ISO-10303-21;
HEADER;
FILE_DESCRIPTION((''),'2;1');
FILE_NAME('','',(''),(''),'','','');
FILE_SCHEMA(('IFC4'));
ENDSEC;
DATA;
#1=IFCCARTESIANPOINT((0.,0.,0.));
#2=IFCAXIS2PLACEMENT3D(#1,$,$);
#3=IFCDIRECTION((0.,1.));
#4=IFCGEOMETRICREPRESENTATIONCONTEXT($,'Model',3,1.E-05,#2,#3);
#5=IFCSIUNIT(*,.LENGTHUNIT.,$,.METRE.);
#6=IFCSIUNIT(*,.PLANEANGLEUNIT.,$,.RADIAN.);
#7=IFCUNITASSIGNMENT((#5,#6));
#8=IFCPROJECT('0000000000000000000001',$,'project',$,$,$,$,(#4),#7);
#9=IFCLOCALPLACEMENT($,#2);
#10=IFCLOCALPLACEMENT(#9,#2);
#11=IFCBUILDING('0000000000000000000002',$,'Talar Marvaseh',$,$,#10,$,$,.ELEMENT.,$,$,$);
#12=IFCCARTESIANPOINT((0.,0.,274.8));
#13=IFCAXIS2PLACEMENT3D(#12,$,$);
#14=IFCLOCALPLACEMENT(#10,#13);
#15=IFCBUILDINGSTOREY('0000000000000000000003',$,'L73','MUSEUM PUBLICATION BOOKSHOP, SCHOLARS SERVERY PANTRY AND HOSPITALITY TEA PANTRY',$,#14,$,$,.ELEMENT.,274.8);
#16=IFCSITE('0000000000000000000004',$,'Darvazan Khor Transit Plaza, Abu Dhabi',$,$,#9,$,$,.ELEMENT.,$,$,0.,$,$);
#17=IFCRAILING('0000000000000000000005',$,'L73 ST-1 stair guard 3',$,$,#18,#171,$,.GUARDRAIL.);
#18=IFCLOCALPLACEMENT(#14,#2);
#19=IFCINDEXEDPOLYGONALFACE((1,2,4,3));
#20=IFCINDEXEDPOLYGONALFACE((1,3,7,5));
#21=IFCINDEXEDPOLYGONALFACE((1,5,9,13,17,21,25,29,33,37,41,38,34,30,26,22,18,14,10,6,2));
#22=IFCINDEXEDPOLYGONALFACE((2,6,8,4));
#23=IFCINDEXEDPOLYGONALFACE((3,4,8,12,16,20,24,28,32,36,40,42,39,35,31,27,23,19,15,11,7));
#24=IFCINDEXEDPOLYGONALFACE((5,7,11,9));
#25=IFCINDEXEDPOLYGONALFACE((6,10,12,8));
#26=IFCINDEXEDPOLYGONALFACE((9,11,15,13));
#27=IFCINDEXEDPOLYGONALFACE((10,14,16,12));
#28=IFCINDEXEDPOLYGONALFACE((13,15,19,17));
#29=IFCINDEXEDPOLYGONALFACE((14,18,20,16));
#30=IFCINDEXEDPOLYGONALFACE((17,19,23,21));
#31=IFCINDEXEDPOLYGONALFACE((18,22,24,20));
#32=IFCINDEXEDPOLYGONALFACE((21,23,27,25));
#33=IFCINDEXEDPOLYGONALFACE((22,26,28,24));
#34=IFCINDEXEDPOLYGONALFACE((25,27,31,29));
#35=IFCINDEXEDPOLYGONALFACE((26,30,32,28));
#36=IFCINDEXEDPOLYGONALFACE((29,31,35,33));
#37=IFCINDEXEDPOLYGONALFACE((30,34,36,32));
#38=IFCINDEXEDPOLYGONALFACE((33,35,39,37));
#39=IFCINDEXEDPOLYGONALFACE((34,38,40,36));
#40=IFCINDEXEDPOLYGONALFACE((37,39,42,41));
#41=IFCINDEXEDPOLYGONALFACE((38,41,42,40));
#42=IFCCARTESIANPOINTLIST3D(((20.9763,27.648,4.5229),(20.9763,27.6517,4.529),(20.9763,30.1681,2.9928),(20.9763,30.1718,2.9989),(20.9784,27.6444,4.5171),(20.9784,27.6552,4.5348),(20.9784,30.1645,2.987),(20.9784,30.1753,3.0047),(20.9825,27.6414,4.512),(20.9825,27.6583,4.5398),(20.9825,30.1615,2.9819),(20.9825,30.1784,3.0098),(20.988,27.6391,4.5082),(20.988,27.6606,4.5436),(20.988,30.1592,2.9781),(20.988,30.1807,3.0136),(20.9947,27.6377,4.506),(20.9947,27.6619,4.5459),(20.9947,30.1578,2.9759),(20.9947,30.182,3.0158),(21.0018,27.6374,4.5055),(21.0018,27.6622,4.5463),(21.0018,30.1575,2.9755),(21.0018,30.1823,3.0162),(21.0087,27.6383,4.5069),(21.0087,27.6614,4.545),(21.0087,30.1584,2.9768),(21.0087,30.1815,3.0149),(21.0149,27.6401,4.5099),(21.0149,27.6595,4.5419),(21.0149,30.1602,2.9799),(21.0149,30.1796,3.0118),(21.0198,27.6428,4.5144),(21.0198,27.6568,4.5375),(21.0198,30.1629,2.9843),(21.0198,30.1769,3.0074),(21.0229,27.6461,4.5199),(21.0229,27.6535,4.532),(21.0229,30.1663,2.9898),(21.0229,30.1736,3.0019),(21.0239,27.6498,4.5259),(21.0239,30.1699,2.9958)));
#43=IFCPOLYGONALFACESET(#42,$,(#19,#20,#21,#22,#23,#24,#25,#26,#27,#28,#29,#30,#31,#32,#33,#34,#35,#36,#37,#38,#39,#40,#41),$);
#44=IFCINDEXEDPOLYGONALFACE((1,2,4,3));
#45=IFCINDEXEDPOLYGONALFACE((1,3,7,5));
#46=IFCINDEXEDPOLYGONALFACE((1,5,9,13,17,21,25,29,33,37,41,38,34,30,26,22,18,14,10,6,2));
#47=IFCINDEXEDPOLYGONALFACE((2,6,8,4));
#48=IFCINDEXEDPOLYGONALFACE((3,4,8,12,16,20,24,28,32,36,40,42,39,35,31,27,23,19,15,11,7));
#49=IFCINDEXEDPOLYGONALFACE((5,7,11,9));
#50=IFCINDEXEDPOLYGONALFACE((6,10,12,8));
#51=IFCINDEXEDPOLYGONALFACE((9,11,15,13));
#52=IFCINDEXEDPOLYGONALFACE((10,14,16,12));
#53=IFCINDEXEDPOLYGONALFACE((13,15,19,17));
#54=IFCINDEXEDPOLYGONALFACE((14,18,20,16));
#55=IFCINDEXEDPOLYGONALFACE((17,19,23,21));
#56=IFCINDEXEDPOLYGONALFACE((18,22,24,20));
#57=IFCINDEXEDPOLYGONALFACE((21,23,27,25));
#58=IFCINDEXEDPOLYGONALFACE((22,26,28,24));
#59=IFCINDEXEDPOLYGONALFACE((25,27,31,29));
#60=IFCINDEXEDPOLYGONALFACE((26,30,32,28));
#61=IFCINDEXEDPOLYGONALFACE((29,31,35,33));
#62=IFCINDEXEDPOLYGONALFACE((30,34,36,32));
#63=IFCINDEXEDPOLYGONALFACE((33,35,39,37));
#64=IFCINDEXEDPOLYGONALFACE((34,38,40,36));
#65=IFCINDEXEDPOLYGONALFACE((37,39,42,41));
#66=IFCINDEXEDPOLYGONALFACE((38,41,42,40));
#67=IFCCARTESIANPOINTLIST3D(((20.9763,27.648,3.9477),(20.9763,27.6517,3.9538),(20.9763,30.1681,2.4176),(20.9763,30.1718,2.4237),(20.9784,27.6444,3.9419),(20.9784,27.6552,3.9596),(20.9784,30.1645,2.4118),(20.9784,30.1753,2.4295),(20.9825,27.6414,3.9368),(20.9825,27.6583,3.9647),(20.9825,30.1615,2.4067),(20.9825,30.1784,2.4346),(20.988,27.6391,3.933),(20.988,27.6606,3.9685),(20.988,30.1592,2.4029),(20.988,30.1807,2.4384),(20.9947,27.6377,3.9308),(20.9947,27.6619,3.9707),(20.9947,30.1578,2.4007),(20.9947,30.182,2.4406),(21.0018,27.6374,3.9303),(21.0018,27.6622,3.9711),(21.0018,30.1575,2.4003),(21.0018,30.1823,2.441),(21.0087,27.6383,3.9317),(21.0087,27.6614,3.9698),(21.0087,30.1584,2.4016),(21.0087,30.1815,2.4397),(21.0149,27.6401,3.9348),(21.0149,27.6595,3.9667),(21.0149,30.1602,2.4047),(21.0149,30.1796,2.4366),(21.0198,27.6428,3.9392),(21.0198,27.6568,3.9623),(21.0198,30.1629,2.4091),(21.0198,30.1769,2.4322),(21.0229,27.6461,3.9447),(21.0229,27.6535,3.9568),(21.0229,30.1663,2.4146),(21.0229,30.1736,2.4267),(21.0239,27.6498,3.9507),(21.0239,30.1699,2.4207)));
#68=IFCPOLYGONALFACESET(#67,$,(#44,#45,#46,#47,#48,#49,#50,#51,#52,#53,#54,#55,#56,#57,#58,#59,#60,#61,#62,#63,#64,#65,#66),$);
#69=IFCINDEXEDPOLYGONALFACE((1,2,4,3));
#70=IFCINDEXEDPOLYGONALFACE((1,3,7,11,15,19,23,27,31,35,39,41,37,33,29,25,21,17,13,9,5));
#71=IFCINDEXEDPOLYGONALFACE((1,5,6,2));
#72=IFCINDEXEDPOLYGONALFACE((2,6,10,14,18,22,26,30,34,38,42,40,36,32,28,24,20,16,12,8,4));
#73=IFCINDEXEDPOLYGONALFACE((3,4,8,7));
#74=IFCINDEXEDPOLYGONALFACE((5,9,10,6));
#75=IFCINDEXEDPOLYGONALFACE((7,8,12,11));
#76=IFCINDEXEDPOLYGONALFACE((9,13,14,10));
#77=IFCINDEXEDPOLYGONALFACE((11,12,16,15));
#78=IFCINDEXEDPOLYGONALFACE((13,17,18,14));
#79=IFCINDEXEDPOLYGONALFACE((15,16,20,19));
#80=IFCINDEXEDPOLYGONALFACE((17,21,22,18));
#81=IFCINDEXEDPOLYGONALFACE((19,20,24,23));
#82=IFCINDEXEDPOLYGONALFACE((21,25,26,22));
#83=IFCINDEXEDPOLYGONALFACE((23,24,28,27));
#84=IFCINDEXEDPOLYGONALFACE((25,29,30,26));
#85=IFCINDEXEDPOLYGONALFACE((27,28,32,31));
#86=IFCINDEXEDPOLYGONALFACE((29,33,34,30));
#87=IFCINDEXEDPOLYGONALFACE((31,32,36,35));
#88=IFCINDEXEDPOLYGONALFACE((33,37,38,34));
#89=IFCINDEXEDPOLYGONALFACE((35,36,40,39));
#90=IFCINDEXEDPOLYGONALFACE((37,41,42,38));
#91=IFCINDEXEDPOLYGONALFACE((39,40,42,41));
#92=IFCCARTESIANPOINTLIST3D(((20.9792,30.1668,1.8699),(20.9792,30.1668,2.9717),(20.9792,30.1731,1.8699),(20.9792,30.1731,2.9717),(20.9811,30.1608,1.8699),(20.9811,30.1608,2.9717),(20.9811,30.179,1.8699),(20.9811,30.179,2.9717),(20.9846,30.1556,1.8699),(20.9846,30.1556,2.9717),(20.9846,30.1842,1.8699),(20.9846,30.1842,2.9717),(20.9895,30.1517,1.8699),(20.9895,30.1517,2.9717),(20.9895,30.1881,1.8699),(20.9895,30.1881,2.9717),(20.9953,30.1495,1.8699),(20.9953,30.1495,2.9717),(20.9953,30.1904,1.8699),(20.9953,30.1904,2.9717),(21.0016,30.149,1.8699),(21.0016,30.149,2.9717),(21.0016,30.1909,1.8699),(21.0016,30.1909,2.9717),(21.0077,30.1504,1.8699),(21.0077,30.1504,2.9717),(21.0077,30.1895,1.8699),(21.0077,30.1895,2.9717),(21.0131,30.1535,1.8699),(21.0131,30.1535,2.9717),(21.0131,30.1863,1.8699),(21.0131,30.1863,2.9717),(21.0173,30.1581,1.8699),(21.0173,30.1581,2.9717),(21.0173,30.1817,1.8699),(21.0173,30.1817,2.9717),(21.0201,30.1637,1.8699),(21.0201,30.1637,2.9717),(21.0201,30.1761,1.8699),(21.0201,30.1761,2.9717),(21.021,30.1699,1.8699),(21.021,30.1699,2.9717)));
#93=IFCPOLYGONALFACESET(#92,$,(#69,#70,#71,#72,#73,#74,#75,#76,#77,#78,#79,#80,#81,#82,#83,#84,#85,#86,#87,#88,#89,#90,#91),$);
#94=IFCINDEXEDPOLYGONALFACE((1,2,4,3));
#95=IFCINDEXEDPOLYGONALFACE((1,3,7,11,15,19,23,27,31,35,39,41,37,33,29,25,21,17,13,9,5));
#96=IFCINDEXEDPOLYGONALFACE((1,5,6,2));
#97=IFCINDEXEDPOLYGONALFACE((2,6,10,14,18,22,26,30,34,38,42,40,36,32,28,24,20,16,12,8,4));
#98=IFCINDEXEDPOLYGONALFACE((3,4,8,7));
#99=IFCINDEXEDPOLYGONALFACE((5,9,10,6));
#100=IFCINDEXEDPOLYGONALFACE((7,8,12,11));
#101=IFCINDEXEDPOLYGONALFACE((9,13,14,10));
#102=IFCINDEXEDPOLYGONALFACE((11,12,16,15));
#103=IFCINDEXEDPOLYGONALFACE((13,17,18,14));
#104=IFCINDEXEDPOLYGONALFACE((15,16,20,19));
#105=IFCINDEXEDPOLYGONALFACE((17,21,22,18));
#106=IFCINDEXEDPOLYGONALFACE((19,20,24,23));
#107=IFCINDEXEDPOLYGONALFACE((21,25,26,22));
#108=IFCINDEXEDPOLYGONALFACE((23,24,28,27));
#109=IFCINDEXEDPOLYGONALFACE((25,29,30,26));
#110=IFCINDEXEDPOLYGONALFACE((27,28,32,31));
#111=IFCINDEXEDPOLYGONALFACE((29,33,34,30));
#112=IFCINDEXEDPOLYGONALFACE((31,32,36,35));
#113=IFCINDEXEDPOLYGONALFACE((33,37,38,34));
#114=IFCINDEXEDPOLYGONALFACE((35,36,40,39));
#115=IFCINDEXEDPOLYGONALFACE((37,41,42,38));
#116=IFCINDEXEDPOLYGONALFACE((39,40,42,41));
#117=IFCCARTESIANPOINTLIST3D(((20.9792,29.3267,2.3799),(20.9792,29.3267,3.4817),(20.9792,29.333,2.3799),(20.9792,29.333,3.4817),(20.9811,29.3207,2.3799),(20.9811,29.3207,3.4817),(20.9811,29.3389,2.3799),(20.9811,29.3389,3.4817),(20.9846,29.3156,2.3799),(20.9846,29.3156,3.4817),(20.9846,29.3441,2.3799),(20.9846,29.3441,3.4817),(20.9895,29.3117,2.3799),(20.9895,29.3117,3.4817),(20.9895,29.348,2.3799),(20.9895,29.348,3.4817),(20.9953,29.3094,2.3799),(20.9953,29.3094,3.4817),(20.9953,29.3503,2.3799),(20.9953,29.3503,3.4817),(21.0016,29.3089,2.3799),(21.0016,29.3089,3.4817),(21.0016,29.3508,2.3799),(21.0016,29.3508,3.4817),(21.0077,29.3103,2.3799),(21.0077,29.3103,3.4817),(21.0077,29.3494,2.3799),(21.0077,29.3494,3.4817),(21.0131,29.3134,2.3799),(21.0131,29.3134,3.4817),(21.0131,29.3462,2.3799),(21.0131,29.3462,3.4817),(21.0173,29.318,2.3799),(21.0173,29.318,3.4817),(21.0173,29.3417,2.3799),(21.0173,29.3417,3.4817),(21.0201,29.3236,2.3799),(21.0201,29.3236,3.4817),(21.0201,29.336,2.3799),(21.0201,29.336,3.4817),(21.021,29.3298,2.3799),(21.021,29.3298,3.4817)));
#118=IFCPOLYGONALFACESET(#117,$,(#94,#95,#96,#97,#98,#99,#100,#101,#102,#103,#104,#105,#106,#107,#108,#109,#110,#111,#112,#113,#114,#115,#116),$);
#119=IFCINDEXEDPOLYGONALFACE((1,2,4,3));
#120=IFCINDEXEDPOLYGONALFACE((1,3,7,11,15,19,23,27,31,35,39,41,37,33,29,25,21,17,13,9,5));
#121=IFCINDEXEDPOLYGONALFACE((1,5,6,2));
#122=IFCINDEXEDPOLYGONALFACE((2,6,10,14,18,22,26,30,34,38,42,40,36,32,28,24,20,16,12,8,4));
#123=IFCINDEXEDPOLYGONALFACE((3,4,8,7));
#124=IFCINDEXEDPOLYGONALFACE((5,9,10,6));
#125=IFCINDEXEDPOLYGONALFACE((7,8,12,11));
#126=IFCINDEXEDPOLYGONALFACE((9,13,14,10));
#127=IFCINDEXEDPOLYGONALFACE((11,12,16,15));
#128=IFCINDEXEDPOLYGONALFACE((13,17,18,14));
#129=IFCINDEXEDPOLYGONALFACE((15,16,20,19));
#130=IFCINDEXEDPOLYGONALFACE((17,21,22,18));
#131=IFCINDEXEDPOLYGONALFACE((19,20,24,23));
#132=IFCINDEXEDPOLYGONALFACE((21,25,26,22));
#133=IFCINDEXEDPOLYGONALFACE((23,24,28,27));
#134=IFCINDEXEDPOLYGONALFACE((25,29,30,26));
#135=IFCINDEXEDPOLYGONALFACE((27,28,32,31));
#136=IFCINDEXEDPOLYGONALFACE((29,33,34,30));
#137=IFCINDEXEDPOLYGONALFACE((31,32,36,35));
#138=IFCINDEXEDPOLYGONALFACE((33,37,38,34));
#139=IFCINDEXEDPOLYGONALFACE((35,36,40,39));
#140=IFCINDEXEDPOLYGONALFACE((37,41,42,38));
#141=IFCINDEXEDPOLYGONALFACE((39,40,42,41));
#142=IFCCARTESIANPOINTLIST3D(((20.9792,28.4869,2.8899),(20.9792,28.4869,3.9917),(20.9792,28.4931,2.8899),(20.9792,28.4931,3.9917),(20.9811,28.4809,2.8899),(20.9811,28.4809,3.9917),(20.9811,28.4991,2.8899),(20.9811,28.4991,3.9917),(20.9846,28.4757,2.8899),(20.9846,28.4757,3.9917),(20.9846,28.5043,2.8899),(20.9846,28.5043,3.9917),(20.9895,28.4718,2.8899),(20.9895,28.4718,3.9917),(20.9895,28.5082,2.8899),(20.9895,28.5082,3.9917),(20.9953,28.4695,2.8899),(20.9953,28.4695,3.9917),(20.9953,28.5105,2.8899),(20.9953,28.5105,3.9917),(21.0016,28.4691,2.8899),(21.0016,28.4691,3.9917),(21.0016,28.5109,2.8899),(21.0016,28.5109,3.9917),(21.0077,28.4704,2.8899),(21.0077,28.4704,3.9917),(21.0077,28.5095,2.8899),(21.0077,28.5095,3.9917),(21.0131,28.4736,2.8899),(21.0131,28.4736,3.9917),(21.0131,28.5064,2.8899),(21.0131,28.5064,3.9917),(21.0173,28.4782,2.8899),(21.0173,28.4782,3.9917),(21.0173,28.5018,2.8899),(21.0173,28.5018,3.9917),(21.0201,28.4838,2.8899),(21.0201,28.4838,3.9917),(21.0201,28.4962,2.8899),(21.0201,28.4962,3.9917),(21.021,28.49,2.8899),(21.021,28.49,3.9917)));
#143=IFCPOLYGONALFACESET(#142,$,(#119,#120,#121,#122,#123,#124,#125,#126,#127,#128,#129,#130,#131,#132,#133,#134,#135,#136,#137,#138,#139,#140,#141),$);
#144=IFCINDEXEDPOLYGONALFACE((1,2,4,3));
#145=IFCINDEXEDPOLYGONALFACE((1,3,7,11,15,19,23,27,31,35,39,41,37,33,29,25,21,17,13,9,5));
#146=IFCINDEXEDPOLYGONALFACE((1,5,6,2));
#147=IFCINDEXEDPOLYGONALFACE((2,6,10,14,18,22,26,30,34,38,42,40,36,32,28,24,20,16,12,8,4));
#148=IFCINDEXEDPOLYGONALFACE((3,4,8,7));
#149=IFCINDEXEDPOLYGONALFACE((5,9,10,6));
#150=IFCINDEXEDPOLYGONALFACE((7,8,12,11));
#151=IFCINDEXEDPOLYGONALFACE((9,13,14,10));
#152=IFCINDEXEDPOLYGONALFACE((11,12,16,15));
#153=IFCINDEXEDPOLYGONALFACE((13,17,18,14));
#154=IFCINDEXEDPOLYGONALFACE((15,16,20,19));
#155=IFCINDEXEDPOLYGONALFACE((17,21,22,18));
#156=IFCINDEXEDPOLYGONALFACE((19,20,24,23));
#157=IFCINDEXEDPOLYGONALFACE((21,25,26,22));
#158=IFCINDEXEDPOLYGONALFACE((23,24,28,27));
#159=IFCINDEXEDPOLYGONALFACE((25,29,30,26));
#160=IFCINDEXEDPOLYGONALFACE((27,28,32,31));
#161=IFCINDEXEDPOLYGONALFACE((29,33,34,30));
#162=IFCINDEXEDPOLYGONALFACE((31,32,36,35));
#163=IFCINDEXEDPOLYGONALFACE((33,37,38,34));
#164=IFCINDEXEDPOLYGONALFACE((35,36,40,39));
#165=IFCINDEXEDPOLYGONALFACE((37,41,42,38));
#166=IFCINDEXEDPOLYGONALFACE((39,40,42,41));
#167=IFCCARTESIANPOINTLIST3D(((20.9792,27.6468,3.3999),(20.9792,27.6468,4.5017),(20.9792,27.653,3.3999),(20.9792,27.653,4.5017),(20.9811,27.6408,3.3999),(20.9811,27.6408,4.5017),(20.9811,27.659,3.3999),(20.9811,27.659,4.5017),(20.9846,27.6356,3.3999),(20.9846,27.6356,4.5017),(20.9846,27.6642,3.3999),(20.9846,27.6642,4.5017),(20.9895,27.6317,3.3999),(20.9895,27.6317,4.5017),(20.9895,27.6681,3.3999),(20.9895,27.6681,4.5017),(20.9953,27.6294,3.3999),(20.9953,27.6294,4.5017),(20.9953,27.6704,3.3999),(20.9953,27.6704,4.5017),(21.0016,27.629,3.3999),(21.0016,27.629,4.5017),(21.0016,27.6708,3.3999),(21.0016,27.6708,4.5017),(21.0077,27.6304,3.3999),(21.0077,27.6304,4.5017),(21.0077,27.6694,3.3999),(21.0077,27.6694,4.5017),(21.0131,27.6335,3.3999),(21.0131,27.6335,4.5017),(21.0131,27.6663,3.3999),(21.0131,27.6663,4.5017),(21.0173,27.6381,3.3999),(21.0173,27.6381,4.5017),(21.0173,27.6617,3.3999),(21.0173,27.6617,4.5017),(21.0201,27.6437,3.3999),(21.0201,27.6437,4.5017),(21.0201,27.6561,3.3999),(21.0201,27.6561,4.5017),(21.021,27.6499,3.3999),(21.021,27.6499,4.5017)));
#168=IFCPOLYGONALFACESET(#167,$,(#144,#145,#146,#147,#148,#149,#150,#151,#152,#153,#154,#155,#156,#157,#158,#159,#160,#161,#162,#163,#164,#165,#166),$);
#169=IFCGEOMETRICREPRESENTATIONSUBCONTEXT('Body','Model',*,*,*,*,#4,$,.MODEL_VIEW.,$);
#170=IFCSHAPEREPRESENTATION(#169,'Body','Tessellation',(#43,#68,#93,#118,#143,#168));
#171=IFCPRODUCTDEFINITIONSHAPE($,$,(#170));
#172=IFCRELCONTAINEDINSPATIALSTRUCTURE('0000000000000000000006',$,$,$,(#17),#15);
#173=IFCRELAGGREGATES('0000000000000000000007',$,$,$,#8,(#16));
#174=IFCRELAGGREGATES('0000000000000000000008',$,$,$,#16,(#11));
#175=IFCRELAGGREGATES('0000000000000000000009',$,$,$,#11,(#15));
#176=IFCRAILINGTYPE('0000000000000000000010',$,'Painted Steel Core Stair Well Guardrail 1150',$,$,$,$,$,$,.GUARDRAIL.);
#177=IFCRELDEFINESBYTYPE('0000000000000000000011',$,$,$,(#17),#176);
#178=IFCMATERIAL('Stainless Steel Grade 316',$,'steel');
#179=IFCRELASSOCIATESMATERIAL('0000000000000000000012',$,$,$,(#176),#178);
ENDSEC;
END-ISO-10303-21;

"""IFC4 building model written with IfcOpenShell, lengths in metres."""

from ifc_helpers import new_model, si_unit, direction, frame, origin, origin_2d, place, context, subcontext, project, spatial, circle, extrude, material, type_object, element, save


model = new_model("IFC4")

# Units and contexts
model_context = context("Model", 3, precision=1e-05, world=origin(), true_north=direction((0.0, 1.0)))
body_context = subcontext(model_context, "Body", "Model", "MODEL_VIEW")
ifc_project = project(units=[si_unit("LENGTHUNIT", "METRE"), si_unit("PLANEANGLEUNIT", "RADIAN")], contexts=[model_context])

# Site, building, storey
site_placement = place(None, origin())
site = spatial("IfcSite", under=ifc_project, at=site_placement, Name="Darvazan Khor Transit Plaza, Abu Dhabi", CompositionType="ELEMENT", RefElevation=0.0)
building_placement = place(site_placement, origin())
building = spatial("IfcBuilding", under=site, at=building_placement, Name="Talar Marvaseh", CompositionType="ELEMENT")
storey_placement = place(building_placement, frame((0.0, 0.0, 274.8)))
storey = spatial("IfcBuildingStorey", under=building, at=storey_placement, Name="L73", Description="MUSEUM PUBLICATION BOOKSHOP, SCHOLARS SERVERY PANTRY AND HOSPITALITY TEA PANTRY", CompositionType="ELEMENT", Elevation=274.8)

# Railing
ifc_material_1 = material(Name="Stainless Steel Grade 316", Category="steel")
railing_type_1 = type_object("IfcRailingType", Name="Painted Steel Core Stair Well Guardrail 1150", PredefinedType="GUARDRAIL", material=ifc_material_1)
railing_1_placement = place(storey_placement, frame((21.0, 30.1699, 1.8699)))
element("IfcRailing", 1, at=railing_1_placement, inside=storey, type_object=railing_type_1, Name="L73 ST-1 stair guard 3", PredefinedType="GUARDRAIL", context=body_context, shape_type="SweptSolid", body=[
    extrude(circle(Radius=0.0239, at=origin_2d()), frame((0.0, 0.0, 1.126), z_axis=(0.0, -0.854785, 0.518982), x_axis=(1.0, 0.0, 0.0)), (0.0, 0.0, 1.0), 2.9482),
    extrude(circle(Radius=0.0239, at=origin_2d()), frame((0.0, 0.0, 0.5508), z_axis=(0.0, -0.854785, 0.518982), x_axis=(1.0, 0.0, 0.0)), (0.0, 0.0, 1.0), 2.9482),
    extrude(circle(Radius=0.021, at=origin_2d()), origin(), (0.0, 0.0, 1.0), 1.1018),
    extrude(circle(Radius=0.021, at=origin_2d()), frame((0.0, -0.8401, 0.51)), (0.0, 0.0, 1.0), 1.1018),
    extrude(circle(Radius=0.021, at=origin_2d()), frame((0.0, -1.6799, 1.02)), (0.0, 0.0, 1.0), 1.1018),
    extrude(circle(Radius=0.021, at=origin_2d()), frame((0.0, -2.52, 1.53)), (0.0, 0.0, 1.0), 1.1018),
])

save(model, "model.ifc")
